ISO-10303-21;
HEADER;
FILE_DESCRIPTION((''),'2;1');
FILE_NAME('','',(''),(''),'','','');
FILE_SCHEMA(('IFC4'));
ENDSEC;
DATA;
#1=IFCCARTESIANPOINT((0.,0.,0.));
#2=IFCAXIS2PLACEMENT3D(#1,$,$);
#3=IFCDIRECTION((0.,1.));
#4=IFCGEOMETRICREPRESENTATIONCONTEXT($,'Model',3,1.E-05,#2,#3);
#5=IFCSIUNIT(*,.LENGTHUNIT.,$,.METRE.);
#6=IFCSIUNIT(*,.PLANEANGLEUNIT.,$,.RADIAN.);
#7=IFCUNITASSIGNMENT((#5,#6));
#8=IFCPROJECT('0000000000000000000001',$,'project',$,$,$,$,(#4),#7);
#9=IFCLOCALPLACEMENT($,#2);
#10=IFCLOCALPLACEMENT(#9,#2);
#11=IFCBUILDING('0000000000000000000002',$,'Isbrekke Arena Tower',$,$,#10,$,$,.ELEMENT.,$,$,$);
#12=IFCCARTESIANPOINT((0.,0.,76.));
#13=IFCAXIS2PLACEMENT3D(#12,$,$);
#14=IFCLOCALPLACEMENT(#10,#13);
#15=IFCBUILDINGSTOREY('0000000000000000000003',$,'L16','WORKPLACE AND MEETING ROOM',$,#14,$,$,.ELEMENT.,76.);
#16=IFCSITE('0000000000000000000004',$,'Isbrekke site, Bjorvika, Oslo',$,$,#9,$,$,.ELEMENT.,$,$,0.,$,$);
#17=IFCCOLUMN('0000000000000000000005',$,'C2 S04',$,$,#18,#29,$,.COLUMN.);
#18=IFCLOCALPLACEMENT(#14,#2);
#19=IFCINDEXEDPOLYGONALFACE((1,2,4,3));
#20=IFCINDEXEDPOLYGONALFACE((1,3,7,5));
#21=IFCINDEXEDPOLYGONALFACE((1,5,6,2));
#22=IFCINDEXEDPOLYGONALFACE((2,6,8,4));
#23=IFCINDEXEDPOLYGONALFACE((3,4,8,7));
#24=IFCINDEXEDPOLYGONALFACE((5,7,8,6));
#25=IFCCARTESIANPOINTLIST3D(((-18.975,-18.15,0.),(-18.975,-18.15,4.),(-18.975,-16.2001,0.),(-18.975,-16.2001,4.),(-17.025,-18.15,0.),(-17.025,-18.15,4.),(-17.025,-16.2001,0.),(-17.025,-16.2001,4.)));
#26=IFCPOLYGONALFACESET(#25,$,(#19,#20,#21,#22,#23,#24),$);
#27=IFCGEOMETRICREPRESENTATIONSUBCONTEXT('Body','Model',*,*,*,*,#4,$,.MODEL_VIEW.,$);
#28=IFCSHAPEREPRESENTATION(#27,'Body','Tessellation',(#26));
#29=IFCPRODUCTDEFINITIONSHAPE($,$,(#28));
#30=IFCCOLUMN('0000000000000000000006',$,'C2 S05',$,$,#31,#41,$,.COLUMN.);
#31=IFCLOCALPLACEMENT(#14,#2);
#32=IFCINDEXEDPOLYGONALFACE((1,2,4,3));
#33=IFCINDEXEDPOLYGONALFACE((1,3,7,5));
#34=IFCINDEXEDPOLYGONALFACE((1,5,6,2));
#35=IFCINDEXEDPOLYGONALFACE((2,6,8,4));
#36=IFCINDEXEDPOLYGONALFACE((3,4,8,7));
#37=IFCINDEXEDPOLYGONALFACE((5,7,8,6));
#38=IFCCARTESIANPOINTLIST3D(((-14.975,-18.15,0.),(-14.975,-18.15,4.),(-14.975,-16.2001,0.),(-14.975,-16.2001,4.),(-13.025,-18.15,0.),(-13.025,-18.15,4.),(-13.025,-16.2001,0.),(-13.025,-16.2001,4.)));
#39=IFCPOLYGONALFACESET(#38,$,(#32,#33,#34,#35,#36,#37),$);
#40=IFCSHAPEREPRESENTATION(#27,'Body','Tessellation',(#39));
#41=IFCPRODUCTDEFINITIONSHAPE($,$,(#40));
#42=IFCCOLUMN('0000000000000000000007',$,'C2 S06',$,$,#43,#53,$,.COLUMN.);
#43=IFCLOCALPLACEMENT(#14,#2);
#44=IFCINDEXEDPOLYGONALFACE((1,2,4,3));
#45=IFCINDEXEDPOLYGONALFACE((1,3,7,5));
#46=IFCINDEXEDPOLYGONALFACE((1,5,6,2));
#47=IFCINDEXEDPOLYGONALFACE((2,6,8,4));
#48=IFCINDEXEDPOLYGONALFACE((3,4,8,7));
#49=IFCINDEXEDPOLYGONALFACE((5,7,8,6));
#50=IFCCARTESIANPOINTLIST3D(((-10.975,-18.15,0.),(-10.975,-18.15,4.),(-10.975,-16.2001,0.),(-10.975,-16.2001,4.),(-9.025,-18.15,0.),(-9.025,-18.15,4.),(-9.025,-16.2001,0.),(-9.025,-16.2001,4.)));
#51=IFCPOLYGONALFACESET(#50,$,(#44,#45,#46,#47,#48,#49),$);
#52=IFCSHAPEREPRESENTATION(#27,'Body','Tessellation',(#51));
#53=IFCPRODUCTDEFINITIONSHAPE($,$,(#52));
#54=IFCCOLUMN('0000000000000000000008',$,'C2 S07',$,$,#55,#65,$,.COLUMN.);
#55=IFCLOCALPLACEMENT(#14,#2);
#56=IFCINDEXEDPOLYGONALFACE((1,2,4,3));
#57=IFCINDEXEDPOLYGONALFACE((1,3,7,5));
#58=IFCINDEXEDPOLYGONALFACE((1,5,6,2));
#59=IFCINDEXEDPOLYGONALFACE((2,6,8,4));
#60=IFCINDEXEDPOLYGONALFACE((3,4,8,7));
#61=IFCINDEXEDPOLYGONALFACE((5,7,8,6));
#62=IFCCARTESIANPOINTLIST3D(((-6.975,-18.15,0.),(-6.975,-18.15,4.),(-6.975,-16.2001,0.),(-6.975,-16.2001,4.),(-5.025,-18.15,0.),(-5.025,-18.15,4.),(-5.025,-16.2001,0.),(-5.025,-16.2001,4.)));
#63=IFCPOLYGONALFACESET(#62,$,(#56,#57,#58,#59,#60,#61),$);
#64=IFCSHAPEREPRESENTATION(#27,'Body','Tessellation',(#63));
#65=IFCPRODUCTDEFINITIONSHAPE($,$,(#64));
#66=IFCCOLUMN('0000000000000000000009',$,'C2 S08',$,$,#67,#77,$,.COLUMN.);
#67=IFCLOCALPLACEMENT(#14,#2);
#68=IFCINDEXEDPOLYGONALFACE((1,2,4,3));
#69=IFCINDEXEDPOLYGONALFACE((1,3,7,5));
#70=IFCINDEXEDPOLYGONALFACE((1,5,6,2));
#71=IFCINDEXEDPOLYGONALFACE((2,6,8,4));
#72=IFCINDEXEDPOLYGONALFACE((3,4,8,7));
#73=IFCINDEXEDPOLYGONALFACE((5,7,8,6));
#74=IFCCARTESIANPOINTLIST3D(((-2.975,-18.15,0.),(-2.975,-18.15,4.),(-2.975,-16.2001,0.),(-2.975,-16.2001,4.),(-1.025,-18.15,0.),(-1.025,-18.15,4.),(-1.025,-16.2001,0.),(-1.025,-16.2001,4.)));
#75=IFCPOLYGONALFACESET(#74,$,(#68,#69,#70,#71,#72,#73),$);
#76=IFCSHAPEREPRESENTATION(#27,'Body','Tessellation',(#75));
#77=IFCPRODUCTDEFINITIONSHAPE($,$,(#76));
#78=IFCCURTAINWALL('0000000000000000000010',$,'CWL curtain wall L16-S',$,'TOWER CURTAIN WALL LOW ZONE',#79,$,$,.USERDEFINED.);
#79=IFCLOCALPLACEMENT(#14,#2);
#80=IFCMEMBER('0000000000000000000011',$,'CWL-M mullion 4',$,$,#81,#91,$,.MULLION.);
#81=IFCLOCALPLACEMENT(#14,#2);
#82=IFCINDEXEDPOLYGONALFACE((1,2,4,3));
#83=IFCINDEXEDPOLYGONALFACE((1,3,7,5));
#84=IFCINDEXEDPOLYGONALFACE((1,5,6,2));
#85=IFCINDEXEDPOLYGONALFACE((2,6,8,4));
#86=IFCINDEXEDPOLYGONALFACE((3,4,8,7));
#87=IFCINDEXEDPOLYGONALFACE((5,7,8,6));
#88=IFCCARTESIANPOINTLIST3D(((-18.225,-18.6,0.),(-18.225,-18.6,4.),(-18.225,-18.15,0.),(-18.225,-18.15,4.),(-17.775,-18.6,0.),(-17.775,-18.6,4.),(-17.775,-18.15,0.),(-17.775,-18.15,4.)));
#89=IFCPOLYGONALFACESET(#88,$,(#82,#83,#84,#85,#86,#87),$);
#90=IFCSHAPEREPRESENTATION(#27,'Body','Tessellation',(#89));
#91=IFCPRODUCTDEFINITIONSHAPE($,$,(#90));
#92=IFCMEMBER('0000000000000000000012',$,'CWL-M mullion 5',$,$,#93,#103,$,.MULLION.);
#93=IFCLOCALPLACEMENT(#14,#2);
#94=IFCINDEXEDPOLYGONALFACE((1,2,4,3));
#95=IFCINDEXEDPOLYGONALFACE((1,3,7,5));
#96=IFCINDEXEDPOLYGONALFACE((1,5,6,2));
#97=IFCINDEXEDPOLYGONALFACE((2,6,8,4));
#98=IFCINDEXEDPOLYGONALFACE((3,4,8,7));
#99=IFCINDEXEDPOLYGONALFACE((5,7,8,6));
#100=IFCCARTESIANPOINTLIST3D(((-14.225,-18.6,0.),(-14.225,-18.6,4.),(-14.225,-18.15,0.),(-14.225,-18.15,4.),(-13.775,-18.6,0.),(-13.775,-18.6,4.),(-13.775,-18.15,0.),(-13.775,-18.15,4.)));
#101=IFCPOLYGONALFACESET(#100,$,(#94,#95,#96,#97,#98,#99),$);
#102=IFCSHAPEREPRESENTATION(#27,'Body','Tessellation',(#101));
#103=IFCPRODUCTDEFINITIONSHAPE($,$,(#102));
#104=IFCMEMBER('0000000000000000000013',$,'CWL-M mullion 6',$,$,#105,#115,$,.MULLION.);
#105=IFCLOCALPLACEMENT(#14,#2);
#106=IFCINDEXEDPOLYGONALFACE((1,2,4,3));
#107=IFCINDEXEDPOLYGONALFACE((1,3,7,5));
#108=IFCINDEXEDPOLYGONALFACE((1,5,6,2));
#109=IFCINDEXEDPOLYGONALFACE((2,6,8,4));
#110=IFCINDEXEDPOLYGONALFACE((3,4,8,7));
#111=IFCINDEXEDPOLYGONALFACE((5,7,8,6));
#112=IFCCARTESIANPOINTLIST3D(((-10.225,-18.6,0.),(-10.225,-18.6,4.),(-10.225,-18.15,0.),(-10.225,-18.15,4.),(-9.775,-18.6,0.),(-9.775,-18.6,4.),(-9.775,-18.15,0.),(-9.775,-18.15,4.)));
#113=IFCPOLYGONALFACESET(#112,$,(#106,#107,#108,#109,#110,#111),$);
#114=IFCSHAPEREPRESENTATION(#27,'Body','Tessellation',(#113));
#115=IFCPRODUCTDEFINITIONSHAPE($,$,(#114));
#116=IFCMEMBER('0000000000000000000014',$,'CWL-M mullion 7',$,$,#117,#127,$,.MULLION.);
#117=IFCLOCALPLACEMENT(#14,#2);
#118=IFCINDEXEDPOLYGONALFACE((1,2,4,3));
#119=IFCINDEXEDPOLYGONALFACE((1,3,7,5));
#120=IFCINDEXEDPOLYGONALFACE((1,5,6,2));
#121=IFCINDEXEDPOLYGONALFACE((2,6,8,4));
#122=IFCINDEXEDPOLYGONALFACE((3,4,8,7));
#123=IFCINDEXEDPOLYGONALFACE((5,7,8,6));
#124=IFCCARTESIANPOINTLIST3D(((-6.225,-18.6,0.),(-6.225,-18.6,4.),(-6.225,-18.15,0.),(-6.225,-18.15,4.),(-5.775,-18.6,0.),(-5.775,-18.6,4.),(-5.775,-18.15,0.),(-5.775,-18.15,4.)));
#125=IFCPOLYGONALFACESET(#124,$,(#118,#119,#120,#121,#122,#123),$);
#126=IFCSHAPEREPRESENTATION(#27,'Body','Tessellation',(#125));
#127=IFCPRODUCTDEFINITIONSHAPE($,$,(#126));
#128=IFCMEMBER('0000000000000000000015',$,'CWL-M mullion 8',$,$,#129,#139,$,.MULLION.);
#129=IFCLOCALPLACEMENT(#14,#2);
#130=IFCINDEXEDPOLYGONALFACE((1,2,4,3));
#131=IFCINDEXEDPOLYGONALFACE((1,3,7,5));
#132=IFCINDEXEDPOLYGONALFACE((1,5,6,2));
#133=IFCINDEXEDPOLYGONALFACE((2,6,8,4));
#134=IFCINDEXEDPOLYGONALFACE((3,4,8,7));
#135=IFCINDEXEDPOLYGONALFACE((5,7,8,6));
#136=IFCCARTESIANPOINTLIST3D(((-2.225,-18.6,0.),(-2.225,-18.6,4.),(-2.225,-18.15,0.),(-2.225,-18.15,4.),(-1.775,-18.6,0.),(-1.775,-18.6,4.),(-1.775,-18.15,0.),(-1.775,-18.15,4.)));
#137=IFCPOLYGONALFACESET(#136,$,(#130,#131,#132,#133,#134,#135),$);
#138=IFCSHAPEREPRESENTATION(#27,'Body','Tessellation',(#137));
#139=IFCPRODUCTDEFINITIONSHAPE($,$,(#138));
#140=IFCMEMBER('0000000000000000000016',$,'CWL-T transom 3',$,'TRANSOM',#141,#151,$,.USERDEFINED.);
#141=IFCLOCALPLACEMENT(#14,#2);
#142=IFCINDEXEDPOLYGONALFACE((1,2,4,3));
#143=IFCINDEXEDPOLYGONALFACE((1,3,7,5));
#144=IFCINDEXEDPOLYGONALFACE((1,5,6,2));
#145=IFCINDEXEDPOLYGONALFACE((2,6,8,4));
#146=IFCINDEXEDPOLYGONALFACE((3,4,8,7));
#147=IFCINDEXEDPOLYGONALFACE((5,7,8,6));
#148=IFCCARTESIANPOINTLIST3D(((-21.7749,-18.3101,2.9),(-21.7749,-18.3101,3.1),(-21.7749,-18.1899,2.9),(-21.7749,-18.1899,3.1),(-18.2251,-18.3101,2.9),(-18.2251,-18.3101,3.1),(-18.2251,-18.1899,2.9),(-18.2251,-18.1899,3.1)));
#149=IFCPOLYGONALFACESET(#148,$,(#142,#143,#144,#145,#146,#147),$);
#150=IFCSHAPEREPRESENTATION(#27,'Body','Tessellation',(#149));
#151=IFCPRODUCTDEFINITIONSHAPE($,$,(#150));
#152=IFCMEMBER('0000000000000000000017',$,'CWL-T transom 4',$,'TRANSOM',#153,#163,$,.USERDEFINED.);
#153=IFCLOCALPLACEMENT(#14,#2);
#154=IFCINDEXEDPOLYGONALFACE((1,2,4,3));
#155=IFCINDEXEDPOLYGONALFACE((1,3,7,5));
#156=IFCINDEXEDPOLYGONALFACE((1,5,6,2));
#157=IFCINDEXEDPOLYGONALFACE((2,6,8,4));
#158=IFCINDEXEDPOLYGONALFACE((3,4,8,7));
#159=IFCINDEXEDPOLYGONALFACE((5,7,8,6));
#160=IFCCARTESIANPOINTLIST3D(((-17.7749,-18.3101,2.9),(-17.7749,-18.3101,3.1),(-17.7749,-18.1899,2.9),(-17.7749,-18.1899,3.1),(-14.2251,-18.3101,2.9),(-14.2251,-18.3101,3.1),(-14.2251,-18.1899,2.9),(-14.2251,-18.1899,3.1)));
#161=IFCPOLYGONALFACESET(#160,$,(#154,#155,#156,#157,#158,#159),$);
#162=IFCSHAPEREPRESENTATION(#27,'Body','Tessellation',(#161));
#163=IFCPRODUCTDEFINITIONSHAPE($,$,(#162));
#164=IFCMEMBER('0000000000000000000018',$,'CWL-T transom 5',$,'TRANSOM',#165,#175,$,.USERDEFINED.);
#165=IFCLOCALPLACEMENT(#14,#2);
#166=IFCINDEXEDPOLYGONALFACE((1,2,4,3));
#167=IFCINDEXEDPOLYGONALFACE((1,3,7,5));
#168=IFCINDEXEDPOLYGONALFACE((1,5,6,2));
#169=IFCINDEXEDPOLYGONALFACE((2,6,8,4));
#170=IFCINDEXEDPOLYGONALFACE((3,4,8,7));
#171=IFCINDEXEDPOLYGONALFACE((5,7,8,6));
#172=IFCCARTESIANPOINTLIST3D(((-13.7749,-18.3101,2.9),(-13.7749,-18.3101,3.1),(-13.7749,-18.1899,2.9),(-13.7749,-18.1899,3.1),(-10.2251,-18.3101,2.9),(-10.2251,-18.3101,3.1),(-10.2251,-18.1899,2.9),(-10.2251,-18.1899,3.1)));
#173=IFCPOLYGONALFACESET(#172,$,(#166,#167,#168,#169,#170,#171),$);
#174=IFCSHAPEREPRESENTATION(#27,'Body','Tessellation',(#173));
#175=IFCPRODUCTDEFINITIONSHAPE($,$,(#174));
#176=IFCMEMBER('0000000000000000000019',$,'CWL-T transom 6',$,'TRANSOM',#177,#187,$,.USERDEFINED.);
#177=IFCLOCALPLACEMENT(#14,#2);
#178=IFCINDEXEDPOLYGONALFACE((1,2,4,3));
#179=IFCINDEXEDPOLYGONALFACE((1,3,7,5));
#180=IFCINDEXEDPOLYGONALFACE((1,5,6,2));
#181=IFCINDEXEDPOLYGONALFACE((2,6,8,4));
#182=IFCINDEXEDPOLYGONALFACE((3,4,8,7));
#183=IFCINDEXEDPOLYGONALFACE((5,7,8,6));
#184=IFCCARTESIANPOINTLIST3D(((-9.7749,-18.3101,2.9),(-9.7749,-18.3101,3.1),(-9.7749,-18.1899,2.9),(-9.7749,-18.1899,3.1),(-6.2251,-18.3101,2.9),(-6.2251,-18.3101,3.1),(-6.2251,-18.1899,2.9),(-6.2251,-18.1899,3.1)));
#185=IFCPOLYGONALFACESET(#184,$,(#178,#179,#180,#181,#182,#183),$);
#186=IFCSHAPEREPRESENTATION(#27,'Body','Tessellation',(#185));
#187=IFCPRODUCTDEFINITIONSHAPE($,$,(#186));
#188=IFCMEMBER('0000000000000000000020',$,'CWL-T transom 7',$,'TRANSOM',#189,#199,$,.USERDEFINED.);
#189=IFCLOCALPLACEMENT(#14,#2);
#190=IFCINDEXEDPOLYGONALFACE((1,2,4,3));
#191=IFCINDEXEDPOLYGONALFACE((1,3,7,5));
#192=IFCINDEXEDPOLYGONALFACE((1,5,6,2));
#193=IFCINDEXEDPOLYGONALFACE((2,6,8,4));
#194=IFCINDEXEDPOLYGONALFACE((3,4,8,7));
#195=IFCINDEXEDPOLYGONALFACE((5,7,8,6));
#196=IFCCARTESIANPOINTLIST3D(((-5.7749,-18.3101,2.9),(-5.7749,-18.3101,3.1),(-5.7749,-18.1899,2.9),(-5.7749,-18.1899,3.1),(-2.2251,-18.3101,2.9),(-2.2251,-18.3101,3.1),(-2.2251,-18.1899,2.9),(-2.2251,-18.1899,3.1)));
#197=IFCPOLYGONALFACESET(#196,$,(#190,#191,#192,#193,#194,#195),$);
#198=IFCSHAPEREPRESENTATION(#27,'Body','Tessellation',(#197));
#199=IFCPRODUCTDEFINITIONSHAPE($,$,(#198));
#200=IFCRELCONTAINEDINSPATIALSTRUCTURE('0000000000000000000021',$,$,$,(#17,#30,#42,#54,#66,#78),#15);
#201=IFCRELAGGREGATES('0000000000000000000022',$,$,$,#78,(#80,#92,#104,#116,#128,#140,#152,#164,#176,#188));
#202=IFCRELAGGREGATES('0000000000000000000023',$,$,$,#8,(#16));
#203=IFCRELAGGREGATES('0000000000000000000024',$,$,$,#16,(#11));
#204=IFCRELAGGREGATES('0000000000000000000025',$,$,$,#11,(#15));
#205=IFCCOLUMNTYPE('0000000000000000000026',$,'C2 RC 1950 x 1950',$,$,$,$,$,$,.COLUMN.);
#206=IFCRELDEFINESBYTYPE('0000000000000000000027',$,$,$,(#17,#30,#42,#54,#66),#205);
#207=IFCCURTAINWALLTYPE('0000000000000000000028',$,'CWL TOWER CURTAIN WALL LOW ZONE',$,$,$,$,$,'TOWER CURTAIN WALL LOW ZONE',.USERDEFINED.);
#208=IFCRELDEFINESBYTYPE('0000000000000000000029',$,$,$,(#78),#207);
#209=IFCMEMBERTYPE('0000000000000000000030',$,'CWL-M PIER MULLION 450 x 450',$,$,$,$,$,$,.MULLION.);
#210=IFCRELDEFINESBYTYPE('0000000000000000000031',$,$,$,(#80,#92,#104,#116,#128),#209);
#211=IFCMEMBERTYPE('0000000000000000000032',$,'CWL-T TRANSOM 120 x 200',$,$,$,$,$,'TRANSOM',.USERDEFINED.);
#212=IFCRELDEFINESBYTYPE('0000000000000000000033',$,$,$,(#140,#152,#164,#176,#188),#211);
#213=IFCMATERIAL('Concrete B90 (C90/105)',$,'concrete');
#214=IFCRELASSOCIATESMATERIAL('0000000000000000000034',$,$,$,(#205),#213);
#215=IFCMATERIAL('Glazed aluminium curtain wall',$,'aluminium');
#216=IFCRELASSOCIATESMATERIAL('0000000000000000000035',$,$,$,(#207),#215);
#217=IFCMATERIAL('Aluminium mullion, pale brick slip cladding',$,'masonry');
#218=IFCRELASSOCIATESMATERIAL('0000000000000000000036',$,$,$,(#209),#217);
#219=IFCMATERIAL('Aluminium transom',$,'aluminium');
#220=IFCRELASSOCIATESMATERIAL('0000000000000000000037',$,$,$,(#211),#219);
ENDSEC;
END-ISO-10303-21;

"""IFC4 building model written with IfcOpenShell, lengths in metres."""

from ifc_helpers import new_model, si_unit, direction, frame, origin, origin_2d, place, context, subcontext, project, spatial, rectangle, extrude, material, material_profile, profile_set, type_object, element, aggregate, save


model = new_model("IFC4")

# Units and contexts
model_context = context("Model", 3, precision=1e-05, world=origin(), true_north=direction((0.0, 1.0)))
body_context = subcontext(model_context, "Body", "Model", "MODEL_VIEW")
ifc_project = project(units=[si_unit("LENGTHUNIT", "METRE"), si_unit("PLANEANGLEUNIT", "RADIAN")], contexts=[model_context])

# Site, building, storey
site_placement = place(None, origin())
site = spatial("IfcSite", under=ifc_project, at=site_placement, Name="Isbrekke site, Bjorvika, Oslo", CompositionType="ELEMENT", RefElevation=0.0)
building_placement = place(site_placement, origin())
building = spatial("IfcBuilding", under=site, at=building_placement, Name="Isbrekke Arena Tower", CompositionType="ELEMENT")
storey_placement = place(building_placement, frame((0.0, 0.0, 76.0)))
storey = spatial("IfcBuildingStorey", under=building, at=storey_placement, Name="L16", Description="WORKPLACE AND MEETING ROOM", CompositionType="ELEMENT", Elevation=76.0)

# Columns
ifc_material_1 = material(Name="Concrete B90 (C90/105)", Category="concrete")
ifc_material_profile_1 = material_profile(ifc_material_1, rectangle(XDim=1.95, YDim=1.95, at=origin_2d()), Name="RC 1950x1950")
ifc_profile_set_1 = profile_set([ifc_material_profile_1], Name="Concrete B90 (C90/105)")
column_type = type_object("IfcColumnType", Name="C2 RC 1950 x 1950", PredefinedType="COLUMN", material=ifc_profile_set_1)
for number, where, z_axis, x_axis, name in (
    (1, (-18.0, -17.175, 0.0), (0.0, 0.0, 1.0), (1.0, 0.0, 0.0), "C2 S04"),
    (2, (-14.0, -17.175, 0.0), (0.0, 0.0, 1.0), (1.0, 0.0, 0.0), "C2 S05"),
    (3, (-10.0, -17.175, 0.0), (0.0, 0.0, 1.0), (1.0, 0.0, 0.0), "C2 S06"),
    (4, (-6.0, -17.175, 0.0), (0.0, 0.0, 1.0), (1.0, 0.0, 0.0), "C2 S07"),
    (5, (-2.0, -17.175, 0.0), (0.0, 0.0, 1.0), (1.0, 0.0, 0.0), "C2 S08"),
):
    element("IfcColumn", number, at=place(storey_placement, frame(where, z_axis=z_axis, x_axis=x_axis)), inside=storey, type_object=column_type, Name=name, PredefinedType="COLUMN", context=body_context, shape_type="SweptSolid", body=[
        extrude(rectangle(XDim=1.95, YDim=1.95, at=origin_2d()), origin(), (0.0, 0.0, 1.0), 4.0),
    ])

# Curtain wall, members
ifc_material_2 = material(Name="Glazed aluminium curtain wall", Category="aluminium")
curtain_wall_type = type_object("IfcCurtainWallType", Name="CWL TOWER CURTAIN WALL LOW ZONE", ElementType="TOWER CURTAIN WALL LOW ZONE", PredefinedType="USERDEFINED", material=ifc_material_2)
curtain_wall_placement = place(storey_placement, origin())
curtain_wall = element("IfcCurtainWall", 6, at=curtain_wall_placement, inside=storey, type_object=curtain_wall_type, Name="CWL curtain wall L16-S", ObjectType="TOWER CURTAIN WALL LOW ZONE", PredefinedType="USERDEFINED")
ifc_material_3 = material(Name="Aluminium mullion, pale brick slip cladding", Category="masonry")
ifc_material_profile_2 = material_profile(ifc_material_3, rectangle(XDim=0.45, YDim=0.45, at=origin_2d()), Name="PIER 450X450")
ifc_profile_set_2 = profile_set([ifc_material_profile_2], Name="Aluminium mullion, pale brick slip cladding")
member_type_1 = type_object("IfcMemberType", Name="CWL-M PIER MULLION 450 x 450", PredefinedType="MULLION", material=ifc_profile_set_2)
member_1_placement = place(storey_placement, frame((-18.0, -18.375, 0.0), z_axis=(0.0, 0.0, 1.0), x_axis=(1.0, 0.0, 0.0)))
member_1 = element("IfcMember", 7, at=member_1_placement, type_object=member_type_1, Name="CWL-M mullion 4", PredefinedType="MULLION", context=body_context, shape_type="SweptSolid", body=[
    extrude(rectangle(XDim=0.45, YDim=0.45, at=origin_2d()), origin(), (0.0, 0.0, 1.0), 4.0),
])
member_2_placement = place(storey_placement, frame((-14.0, -18.375, 0.0), z_axis=(0.0, 0.0, 1.0), x_axis=(1.0, 0.0, 0.0)))
member_2 = element("IfcMember", 8, at=member_2_placement, type_object=member_type_1, Name="CWL-M mullion 5", PredefinedType="MULLION", context=body_context, shape_type="SweptSolid", body=[
    extrude(rectangle(XDim=0.45, YDim=0.45, at=origin_2d()), origin(), (0.0, 0.0, 1.0), 4.0),
])
member_3_placement = place(storey_placement, frame((-10.0, -18.375, 0.0), z_axis=(0.0, 0.0, 1.0), x_axis=(1.0, 0.0, 0.0)))
member_3 = element("IfcMember", 9, at=member_3_placement, type_object=member_type_1, Name="CWL-M mullion 6", PredefinedType="MULLION", context=body_context, shape_type="SweptSolid", body=[
    extrude(rectangle(XDim=0.45, YDim=0.45, at=origin_2d()), origin(), (0.0, 0.0, 1.0), 4.0),
])
member_4_placement = place(storey_placement, frame((-6.0, -18.375, 0.0), z_axis=(0.0, 0.0, 1.0), x_axis=(1.0, 0.0, 0.0)))
member_4 = element("IfcMember", 10, at=member_4_placement, type_object=member_type_1, Name="CWL-M mullion 7", PredefinedType="MULLION", context=body_context, shape_type="SweptSolid", body=[
    extrude(rectangle(XDim=0.45, YDim=0.45, at=origin_2d()), origin(), (0.0, 0.0, 1.0), 4.0),
])
member_5_placement = place(storey_placement, frame((-2.0, -18.375, 0.0), z_axis=(0.0, 0.0, 1.0), x_axis=(1.0, 0.0, 0.0)))
member_5 = element("IfcMember", 11, at=member_5_placement, type_object=member_type_1, Name="CWL-M mullion 8", PredefinedType="MULLION", context=body_context, shape_type="SweptSolid", body=[
    extrude(rectangle(XDim=0.45, YDim=0.45, at=origin_2d()), origin(), (0.0, 0.0, 1.0), 4.0),
])
ifc_material_4 = material(Name="Aluminium transom", Category="aluminium")
ifc_material_profile_3 = material_profile(ifc_material_4, rectangle(XDim=0.1201, YDim=0.2, at=origin_2d()), Name="TRANSOM 120X200")
ifc_profile_set_3 = profile_set([ifc_material_profile_3], Name="Aluminium transom")
member_type_2 = type_object("IfcMemberType", Name="CWL-T TRANSOM 120 x 200", ElementType="TRANSOM", PredefinedType="USERDEFINED", material=ifc_profile_set_3)
member_6_placement = place(storey_placement, frame((-21.7749, -18.25, 3.0), z_axis=(1.0, 0.0, 0.0), x_axis=(0.0, 1.0, 0.0)))
member_6 = element("IfcMember", 12, at=member_6_placement, type_object=member_type_2, Name="CWL-T transom 3", ObjectType="TRANSOM", PredefinedType="USERDEFINED", context=body_context, shape_type="SweptSolid", body=[
    extrude(rectangle(XDim=0.1201, YDim=0.2, at=origin_2d()), origin(), (0.0, 0.0, 1.0), 3.5498),
])
member_7_placement = place(storey_placement, frame((-17.7749, -18.25, 3.0), z_axis=(1.0, 0.0, 0.0), x_axis=(0.0, 1.0, 0.0)))
member_7 = element("IfcMember", 13, at=member_7_placement, type_object=member_type_2, Name="CWL-T transom 4", ObjectType="TRANSOM", PredefinedType="USERDEFINED", context=body_context, shape_type="SweptSolid", body=[
    extrude(rectangle(XDim=0.1201, YDim=0.2, at=origin_2d()), origin(), (0.0, 0.0, 1.0), 3.5498),
])
member_8_placement = place(storey_placement, frame((-13.7749, -18.25, 3.0), z_axis=(1.0, 0.0, 0.0), x_axis=(0.0, 1.0, 0.0)))
member_8 = element("IfcMember", 14, at=member_8_placement, type_object=member_type_2, Name="CWL-T transom 5", ObjectType="TRANSOM", PredefinedType="USERDEFINED", context=body_context, shape_type="SweptSolid", body=[
    extrude(rectangle(XDim=0.1201, YDim=0.2, at=origin_2d()), origin(), (0.0, 0.0, 1.0), 3.5498),
])
member_9_placement = place(storey_placement, frame((-9.7749, -18.25, 3.0), z_axis=(1.0, 0.0, 0.0), x_axis=(0.0, 1.0, 0.0)))
member_9 = element("IfcMember", 15, at=member_9_placement, type_object=member_type_2, Name="CWL-T transom 6", ObjectType="TRANSOM", PredefinedType="USERDEFINED", context=body_context, shape_type="SweptSolid", body=[
    extrude(rectangle(XDim=0.1201, YDim=0.2, at=origin_2d()), origin(), (0.0, 0.0, 1.0), 3.5498),
])
member_10_placement = place(storey_placement, frame((-5.7749, -18.25, 3.0), z_axis=(1.0, 0.0, 0.0), x_axis=(0.0, 1.0, 0.0)))
member_10 = element("IfcMember", 16, at=member_10_placement, type_object=member_type_2, Name="CWL-T transom 7", ObjectType="TRANSOM", PredefinedType="USERDEFINED", context=body_context, shape_type="SweptSolid", body=[
    extrude(rectangle(XDim=0.1201, YDim=0.2, at=origin_2d()), origin(), (0.0, 0.0, 1.0), 3.5498),
])

aggregate(curtain_wall, [member_1, member_2, member_3, member_4, member_5, member_6, member_7, member_8, member_9, member_10])

save(model, "model.ifc")
